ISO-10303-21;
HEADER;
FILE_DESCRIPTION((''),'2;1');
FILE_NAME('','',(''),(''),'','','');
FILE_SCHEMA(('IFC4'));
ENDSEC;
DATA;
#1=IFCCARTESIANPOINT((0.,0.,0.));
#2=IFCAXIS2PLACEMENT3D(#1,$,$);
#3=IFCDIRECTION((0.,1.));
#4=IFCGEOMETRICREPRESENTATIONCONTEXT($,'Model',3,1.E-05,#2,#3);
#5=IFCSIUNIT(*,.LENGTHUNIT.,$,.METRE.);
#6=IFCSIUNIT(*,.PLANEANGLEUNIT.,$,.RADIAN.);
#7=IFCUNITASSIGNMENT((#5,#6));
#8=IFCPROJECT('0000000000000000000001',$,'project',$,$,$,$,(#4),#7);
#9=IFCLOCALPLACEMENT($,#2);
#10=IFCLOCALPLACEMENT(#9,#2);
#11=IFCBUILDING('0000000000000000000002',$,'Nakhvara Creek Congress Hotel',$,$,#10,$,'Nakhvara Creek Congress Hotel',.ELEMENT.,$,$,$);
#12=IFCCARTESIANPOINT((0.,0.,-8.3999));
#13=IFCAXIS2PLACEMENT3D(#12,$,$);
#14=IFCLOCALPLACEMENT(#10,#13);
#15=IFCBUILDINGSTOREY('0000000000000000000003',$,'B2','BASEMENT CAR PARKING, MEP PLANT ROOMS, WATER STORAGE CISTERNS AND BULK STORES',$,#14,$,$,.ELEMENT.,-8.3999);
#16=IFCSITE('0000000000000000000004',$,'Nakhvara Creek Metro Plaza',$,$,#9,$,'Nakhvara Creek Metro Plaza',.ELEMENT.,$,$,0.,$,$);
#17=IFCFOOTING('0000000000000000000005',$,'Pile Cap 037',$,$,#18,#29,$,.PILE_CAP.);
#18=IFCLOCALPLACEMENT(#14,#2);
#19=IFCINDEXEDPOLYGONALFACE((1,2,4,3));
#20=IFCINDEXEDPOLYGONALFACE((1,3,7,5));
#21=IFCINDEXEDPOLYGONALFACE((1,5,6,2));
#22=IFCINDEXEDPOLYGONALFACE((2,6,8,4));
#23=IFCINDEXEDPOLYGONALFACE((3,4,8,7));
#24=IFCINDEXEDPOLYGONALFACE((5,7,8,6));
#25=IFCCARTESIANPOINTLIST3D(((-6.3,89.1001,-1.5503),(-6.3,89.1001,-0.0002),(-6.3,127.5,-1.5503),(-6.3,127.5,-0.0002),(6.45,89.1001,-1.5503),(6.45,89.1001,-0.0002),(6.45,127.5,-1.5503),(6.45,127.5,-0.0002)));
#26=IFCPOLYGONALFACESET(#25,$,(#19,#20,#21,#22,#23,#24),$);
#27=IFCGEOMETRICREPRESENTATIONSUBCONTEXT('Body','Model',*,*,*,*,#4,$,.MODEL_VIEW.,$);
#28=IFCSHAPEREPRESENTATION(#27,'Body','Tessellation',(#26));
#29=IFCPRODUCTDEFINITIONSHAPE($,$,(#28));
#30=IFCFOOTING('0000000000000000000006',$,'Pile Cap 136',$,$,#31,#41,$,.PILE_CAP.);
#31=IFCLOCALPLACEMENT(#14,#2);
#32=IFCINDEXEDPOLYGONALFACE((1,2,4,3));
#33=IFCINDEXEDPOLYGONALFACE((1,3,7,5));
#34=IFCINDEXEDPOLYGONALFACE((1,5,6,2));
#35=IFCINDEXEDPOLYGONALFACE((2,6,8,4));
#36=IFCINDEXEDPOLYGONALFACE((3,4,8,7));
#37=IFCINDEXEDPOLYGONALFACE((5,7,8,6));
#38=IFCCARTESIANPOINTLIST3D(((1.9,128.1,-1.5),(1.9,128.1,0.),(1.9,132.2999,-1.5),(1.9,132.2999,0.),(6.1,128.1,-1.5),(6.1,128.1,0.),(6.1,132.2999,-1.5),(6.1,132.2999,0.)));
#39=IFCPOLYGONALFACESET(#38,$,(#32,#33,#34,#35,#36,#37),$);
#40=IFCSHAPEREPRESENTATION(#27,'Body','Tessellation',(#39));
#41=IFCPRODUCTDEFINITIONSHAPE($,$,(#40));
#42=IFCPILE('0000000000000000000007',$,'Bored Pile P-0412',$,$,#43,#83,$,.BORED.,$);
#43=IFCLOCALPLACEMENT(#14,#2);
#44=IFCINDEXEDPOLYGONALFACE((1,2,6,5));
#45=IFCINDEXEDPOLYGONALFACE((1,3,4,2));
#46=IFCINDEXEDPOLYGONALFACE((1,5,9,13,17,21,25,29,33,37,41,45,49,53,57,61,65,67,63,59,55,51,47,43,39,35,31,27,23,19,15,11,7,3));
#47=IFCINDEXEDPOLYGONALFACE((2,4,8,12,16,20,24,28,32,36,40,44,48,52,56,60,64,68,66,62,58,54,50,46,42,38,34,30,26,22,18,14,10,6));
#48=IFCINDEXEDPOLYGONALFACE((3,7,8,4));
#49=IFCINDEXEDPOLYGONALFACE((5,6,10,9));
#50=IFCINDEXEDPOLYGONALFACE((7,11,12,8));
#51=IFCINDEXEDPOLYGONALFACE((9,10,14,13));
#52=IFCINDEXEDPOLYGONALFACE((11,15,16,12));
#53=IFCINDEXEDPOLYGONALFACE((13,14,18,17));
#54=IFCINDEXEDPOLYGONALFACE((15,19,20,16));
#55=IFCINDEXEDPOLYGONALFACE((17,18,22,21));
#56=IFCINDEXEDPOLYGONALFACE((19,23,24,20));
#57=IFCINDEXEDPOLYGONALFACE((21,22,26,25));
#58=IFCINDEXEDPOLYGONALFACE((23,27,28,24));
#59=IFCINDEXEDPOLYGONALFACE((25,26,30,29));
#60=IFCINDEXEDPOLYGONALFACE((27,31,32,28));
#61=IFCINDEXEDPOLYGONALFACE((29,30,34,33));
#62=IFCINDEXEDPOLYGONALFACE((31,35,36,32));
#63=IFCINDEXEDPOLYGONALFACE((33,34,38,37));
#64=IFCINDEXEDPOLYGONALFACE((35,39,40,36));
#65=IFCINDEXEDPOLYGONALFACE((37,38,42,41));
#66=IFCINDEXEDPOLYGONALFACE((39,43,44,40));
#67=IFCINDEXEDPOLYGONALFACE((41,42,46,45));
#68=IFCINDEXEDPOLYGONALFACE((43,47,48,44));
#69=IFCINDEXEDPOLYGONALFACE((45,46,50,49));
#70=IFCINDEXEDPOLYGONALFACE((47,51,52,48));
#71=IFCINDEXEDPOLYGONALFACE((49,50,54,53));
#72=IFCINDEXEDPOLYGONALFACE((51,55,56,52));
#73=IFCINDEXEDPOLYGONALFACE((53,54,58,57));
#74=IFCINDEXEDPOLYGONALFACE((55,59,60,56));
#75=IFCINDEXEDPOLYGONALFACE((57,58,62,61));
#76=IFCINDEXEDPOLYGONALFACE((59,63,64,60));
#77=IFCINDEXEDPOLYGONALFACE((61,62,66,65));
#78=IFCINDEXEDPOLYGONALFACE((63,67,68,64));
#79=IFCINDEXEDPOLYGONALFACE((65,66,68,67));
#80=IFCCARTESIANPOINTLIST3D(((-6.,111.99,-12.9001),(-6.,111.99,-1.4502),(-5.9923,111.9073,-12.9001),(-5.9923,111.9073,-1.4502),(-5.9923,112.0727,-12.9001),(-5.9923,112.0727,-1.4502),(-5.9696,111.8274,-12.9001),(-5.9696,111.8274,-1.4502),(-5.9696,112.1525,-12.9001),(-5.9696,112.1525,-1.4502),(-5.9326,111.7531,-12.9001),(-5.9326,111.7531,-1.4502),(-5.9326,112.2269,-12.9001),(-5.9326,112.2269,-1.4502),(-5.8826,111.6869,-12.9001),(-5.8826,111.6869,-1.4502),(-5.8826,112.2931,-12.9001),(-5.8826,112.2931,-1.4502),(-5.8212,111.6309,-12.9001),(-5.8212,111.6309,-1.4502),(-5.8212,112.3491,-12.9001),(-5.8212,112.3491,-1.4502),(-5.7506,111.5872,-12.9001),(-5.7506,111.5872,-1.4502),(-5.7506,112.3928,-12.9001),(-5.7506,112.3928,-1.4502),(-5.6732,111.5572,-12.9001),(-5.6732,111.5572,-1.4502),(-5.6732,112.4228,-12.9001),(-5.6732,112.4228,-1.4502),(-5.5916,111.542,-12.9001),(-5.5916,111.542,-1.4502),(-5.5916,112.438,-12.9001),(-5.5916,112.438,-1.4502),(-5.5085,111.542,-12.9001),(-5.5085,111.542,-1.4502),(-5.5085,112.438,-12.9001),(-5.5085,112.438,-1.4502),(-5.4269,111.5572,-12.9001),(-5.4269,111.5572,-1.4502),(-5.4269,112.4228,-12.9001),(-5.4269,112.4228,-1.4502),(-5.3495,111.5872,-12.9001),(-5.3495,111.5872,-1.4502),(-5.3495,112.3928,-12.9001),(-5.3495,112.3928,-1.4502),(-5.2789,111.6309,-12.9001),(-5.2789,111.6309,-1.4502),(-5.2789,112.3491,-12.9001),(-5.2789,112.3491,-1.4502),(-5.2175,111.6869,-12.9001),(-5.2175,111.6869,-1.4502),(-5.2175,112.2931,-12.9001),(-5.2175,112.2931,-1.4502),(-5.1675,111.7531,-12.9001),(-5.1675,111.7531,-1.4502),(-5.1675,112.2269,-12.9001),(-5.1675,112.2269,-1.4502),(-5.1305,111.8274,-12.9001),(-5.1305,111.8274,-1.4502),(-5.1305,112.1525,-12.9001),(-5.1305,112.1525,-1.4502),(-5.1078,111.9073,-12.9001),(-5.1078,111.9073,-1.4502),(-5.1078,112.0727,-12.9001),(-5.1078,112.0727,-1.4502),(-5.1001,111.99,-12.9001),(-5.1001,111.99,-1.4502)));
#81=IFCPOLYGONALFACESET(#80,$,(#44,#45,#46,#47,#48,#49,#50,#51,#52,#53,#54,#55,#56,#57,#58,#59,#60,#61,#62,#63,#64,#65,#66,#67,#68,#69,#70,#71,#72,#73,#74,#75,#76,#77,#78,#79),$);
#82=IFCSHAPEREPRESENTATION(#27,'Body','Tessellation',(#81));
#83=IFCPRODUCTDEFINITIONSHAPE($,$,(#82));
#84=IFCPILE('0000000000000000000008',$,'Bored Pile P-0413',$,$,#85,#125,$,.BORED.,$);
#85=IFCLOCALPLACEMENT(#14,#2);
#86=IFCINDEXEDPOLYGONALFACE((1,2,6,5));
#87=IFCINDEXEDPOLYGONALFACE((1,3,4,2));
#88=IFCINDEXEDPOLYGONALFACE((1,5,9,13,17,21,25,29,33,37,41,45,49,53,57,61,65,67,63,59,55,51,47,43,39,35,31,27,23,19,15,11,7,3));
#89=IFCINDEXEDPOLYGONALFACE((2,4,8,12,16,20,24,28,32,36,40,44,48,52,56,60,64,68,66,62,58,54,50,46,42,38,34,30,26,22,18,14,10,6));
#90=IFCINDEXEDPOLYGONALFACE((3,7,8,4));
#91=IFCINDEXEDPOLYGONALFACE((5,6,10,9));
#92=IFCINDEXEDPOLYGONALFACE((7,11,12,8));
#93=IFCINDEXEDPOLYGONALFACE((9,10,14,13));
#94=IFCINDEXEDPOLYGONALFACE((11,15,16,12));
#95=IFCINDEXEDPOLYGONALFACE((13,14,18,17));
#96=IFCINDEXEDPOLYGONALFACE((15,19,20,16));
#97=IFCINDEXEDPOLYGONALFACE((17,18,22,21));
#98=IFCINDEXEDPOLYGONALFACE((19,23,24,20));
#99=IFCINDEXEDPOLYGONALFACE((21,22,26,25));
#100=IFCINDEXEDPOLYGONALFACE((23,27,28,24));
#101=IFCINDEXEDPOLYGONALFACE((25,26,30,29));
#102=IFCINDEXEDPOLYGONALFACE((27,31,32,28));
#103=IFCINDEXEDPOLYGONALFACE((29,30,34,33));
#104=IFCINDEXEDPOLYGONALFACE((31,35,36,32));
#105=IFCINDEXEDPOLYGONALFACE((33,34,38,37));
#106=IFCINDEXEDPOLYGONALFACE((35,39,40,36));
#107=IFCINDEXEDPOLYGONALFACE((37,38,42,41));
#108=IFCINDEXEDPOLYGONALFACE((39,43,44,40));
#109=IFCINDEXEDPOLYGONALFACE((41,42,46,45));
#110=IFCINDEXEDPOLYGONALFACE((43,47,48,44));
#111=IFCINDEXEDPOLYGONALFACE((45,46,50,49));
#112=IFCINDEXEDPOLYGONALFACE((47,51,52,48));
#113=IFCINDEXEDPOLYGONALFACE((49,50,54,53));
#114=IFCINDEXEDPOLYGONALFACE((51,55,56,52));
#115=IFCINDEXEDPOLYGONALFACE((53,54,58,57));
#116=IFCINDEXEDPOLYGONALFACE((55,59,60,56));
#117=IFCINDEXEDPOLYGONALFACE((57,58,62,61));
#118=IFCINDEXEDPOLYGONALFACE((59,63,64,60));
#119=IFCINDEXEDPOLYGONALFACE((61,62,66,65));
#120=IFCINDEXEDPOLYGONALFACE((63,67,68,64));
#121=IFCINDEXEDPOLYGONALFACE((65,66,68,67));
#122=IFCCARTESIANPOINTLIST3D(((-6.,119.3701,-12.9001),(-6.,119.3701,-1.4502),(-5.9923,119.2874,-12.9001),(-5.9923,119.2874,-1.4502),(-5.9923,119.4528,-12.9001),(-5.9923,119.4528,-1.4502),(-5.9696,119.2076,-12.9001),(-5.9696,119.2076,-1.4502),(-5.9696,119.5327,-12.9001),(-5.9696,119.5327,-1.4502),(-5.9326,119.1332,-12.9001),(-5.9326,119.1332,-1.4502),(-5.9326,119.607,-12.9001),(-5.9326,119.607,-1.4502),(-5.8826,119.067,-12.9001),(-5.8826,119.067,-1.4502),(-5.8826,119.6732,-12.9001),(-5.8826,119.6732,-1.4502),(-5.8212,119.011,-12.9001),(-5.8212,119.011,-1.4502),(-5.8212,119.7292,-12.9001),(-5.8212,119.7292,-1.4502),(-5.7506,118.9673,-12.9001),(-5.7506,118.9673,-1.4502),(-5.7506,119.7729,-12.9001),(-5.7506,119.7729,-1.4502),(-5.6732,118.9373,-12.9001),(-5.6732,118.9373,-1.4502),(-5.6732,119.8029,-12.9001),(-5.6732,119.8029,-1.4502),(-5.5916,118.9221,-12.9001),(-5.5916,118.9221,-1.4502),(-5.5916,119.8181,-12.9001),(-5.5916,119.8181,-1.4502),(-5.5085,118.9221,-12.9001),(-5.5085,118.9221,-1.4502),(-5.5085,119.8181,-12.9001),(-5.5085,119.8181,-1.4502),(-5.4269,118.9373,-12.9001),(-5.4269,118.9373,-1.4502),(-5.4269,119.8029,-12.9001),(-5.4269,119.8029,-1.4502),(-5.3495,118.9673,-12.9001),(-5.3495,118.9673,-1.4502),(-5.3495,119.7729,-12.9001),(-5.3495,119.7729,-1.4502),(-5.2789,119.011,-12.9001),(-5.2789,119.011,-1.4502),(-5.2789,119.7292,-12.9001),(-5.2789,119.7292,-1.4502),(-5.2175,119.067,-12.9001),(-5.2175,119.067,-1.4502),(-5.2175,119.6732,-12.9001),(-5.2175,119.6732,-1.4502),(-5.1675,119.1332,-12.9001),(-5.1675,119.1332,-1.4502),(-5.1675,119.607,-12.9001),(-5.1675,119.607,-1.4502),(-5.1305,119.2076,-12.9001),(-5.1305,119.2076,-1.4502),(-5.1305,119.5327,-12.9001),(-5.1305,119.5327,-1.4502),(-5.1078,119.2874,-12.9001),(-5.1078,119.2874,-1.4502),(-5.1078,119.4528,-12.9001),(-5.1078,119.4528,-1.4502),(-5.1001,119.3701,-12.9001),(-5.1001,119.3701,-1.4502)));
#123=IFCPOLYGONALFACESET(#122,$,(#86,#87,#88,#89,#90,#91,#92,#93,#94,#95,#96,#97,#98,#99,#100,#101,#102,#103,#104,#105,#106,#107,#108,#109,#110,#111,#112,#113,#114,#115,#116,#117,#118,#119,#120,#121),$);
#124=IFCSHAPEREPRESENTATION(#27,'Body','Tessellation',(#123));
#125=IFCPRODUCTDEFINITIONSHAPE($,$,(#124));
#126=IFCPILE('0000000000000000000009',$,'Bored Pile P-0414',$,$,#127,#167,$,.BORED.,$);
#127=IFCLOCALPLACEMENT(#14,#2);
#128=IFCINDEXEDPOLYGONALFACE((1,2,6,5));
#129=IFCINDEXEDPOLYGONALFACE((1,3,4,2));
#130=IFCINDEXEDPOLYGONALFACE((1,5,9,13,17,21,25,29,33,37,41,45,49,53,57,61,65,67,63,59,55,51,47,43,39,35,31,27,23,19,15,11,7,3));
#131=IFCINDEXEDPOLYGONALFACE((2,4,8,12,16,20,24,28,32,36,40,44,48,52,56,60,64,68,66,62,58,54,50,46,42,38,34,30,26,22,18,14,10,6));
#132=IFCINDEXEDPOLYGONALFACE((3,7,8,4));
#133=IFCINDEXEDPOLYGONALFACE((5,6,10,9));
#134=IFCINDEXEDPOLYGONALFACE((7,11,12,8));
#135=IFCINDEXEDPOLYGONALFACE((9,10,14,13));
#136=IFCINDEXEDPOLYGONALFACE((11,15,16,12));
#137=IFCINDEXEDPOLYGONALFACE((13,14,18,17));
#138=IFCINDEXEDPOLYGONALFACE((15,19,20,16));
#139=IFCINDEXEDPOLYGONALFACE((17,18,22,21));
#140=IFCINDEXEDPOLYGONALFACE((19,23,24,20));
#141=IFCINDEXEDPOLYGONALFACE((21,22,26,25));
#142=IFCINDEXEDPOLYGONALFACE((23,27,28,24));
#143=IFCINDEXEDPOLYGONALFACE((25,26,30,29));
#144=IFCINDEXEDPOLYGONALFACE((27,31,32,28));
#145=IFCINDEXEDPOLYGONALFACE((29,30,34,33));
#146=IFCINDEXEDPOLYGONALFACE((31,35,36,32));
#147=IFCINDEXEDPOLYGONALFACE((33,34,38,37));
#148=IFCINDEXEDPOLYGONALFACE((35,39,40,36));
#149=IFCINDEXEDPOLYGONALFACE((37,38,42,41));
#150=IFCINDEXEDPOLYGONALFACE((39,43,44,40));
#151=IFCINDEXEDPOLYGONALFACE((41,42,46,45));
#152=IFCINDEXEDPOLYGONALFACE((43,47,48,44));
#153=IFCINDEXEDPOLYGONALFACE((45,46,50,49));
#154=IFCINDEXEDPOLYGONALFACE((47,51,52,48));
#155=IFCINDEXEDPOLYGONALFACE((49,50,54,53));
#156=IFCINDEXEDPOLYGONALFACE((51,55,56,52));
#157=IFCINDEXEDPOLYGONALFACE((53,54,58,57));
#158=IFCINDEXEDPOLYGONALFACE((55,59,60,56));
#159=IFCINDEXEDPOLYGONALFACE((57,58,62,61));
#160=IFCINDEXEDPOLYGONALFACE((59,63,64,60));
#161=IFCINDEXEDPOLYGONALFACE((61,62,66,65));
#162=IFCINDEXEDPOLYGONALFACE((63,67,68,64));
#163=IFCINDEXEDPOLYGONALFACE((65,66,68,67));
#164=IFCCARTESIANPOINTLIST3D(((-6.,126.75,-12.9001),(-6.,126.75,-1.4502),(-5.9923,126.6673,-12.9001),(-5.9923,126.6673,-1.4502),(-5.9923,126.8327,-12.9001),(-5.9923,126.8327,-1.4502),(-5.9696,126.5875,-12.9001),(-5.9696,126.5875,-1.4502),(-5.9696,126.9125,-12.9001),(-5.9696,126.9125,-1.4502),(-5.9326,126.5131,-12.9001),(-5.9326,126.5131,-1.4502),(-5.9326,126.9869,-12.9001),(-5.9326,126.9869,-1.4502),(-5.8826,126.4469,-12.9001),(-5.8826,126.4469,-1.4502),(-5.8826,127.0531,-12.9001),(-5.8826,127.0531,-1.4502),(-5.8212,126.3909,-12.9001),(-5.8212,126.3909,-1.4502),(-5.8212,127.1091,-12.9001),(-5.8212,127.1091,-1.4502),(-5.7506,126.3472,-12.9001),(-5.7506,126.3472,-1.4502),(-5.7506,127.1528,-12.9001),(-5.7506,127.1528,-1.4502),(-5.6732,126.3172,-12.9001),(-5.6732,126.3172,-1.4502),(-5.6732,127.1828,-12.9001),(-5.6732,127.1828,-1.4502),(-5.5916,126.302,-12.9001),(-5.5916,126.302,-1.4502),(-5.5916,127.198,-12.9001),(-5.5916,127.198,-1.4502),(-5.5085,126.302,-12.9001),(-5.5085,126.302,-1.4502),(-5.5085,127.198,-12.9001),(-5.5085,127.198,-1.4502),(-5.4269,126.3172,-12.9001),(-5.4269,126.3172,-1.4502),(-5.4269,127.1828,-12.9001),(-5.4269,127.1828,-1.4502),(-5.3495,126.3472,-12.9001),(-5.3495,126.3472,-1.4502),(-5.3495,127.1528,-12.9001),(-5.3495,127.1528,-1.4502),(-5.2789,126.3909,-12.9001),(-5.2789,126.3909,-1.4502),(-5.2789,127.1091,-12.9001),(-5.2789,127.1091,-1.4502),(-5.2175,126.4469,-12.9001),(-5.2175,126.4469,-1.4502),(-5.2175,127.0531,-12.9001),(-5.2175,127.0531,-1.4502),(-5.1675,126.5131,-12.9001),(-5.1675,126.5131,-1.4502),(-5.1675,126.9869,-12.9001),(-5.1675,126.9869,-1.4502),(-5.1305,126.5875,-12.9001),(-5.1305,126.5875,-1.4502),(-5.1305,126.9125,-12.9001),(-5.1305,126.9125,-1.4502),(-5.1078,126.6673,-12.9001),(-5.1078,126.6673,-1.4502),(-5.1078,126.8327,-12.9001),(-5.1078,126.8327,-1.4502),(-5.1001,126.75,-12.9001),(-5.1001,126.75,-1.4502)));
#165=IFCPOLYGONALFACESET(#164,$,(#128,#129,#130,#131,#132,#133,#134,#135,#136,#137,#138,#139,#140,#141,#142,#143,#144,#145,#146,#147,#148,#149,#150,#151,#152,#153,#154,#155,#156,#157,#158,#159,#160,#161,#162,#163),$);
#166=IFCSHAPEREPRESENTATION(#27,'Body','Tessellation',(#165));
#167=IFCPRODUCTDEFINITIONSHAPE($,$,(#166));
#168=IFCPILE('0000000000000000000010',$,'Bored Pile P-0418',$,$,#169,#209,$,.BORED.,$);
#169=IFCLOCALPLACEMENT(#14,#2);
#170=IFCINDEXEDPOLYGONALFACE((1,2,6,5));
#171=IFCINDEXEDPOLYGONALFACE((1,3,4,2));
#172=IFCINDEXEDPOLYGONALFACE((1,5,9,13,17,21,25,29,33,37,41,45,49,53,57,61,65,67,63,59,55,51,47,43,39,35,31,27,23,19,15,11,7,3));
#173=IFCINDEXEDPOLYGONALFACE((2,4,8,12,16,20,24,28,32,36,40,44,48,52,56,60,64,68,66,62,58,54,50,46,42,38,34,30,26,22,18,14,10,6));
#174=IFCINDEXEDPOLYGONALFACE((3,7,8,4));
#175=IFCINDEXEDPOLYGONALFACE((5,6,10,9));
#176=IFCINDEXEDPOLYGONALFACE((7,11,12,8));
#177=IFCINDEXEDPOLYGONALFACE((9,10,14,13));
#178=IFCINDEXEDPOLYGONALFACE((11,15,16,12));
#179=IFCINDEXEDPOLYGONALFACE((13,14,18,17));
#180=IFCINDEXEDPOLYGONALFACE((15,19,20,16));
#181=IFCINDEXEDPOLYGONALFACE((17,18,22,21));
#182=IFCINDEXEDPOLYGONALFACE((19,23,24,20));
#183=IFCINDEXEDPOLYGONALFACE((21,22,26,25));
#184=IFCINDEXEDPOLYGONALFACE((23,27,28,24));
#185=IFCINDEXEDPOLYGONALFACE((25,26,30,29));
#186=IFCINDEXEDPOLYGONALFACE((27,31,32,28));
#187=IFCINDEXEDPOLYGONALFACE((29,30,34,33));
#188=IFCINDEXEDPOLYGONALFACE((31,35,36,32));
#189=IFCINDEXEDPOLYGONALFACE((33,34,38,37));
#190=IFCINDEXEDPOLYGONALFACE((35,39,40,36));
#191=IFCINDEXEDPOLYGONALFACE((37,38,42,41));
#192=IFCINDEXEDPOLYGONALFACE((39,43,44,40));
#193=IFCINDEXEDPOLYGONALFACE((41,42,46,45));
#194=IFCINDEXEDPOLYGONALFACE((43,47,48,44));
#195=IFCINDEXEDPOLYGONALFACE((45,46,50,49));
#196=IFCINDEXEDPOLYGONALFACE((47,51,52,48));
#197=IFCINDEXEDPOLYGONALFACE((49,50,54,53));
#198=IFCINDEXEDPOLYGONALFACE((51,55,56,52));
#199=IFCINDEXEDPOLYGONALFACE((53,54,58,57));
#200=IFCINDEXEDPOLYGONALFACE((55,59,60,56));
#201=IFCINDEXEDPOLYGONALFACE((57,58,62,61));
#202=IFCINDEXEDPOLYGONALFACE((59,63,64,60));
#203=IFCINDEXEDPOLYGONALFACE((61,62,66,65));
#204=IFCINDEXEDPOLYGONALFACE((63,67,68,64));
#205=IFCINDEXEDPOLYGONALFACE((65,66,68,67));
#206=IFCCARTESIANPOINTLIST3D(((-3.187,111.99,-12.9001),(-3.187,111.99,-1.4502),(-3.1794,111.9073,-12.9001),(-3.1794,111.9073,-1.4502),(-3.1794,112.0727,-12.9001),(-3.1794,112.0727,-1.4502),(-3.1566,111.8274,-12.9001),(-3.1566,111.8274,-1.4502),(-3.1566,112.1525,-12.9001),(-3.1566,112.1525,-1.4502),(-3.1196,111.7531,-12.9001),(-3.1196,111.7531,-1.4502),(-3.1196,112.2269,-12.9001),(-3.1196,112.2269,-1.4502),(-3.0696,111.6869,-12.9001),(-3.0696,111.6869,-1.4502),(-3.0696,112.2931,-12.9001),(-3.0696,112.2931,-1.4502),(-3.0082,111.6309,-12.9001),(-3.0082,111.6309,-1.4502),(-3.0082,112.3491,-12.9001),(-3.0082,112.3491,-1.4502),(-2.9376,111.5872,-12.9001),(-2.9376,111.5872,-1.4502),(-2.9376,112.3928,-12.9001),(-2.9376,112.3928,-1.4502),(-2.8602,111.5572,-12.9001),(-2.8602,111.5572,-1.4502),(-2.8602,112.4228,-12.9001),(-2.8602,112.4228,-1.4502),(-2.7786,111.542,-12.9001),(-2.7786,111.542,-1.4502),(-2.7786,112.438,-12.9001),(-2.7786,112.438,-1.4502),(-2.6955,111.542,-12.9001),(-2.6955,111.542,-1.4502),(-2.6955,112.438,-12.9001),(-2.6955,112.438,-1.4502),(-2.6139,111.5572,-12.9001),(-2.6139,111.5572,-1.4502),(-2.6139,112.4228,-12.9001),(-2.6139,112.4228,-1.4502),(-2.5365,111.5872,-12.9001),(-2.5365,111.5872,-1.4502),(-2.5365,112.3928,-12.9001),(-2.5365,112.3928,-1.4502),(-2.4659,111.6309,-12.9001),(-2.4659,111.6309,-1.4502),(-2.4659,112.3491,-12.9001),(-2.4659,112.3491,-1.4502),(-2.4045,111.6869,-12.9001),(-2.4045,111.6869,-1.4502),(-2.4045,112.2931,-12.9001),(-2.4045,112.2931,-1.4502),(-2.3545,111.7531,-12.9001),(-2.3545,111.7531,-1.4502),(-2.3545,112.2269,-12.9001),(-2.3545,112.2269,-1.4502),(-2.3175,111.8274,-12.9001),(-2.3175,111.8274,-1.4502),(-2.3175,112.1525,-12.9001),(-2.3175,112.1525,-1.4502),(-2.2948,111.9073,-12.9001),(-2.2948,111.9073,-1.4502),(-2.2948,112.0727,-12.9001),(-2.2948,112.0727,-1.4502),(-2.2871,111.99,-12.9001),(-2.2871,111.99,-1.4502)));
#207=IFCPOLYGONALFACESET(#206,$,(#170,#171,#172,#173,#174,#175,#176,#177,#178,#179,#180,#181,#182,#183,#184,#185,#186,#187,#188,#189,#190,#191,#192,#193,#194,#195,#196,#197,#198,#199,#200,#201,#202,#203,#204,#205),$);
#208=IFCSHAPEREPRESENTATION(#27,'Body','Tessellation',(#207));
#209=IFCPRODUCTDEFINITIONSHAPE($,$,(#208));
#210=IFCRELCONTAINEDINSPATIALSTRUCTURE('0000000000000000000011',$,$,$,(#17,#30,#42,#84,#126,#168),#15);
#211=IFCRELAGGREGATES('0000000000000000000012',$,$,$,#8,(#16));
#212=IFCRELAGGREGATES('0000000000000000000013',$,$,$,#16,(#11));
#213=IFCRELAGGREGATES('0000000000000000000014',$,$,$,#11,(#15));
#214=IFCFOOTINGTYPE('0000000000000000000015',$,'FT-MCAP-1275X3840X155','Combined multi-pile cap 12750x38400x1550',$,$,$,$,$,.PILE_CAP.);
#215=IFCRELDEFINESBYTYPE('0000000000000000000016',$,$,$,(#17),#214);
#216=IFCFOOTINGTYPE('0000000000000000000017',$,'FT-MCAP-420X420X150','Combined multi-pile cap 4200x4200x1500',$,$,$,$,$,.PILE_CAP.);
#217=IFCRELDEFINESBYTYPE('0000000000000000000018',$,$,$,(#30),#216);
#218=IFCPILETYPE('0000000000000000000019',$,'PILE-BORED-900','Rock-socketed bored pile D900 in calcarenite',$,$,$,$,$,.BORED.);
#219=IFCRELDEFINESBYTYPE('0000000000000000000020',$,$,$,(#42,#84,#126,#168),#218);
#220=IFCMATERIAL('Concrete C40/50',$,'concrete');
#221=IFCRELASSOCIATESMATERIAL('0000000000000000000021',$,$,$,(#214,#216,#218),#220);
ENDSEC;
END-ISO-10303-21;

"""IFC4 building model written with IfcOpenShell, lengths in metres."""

from ifc_helpers import new_model, si_unit, direction, frame, origin, origin_2d, place, context, subcontext, project, spatial, rectangle, circle, extrude, material, material_profile, profile_set, type_object, element, save


model = new_model("IFC4")

# Units and contexts
model_context = context("Model", 3, precision=1e-05, world=origin(), true_north=direction((0.0, 1.0)))
body_context = subcontext(model_context, "Body", "Model", "MODEL_VIEW")
ifc_project = project(units=[si_unit("LENGTHUNIT", "METRE"), si_unit("PLANEANGLEUNIT", "RADIAN")], contexts=[model_context])

# Site, building, storey
site_placement = place(None, origin())
site = spatial("IfcSite", under=ifc_project, at=site_placement, Name="Nakhvara Creek Metro Plaza", LongName="Nakhvara Creek Metro Plaza", CompositionType="ELEMENT", RefElevation=0.0)
building_placement = place(site_placement, origin())
building = spatial("IfcBuilding", under=site, at=building_placement, Name="Nakhvara Creek Congress Hotel", LongName="Nakhvara Creek Congress Hotel", CompositionType="ELEMENT")
storey_placement = place(building_placement, frame((0.0, 0.0, -8.3999)))
storey = spatial("IfcBuildingStorey", under=building, at=storey_placement, Name="B2", Description="BASEMENT CAR PARKING, MEP PLANT ROOMS, WATER STORAGE CISTERNS AND BULK STORES", CompositionType="ELEMENT", Elevation=-8.3999)

# Footings
ifc_material_1 = material(Name="Concrete C40/50", Category="concrete")
footing_type_1 = type_object("IfcFootingType", Name="FT-MCAP-1275X3840X155", Description="Combined multi-pile cap 12750x38400x1550", PredefinedType="PILE_CAP", material=ifc_material_1)
footing_1_placement = place(storey_placement, frame((0.075, 108.3, -1.5503), z_axis=(0.0, 0.0, 1.0), x_axis=(1.0, 0.0, 0.0)))
element("IfcFooting", 1, at=footing_1_placement, inside=storey, type_object=footing_type_1, Name="Pile Cap 037", PredefinedType="PILE_CAP", context=body_context, shape_type="SweptSolid", body=[
    extrude(rectangle(XDim=12.75, YDim=38.3999, at=origin_2d()), origin(), (0.0, 0.0, 1.0), 1.55),
])
footing_type_2 = type_object("IfcFootingType", Name="FT-MCAP-420X420X150", Description="Combined multi-pile cap 4200x4200x1500", PredefinedType="PILE_CAP", material=ifc_material_1)
footing_2_placement = place(storey_placement, frame((4.0, 130.2, -1.5), z_axis=(0.0, 0.0, 1.0), x_axis=(1.0, 0.0, 0.0)))
element("IfcFooting", 2, at=footing_2_placement, inside=storey, type_object=footing_type_2, Name="Pile Cap 136", PredefinedType="PILE_CAP", context=body_context, shape_type="SweptSolid", body=[
    extrude(rectangle(XDim=4.2, YDim=4.2, at=origin_2d()), origin(), (0.0, 0.0, 1.0), 1.5),
])

# Piles
ifc_material_profile_1 = material_profile(ifc_material_1, circle(Radius=0.45, at=origin_2d()), Name="BORED PILE D900", Category="LoadBearing")
ifc_profile_set_1 = profile_set([ifc_material_profile_1], Name="Concrete C40/50")
pile_type = type_object("IfcPileType", Name="PILE-BORED-900", Description="Rock-socketed bored pile D900 in calcarenite", PredefinedType="BORED", material=ifc_profile_set_1)
for number, where, z_axis, x_axis, name in (
    (3, (-5.55, 111.99, -1.4502), (0.0, 0.0, -1.0), (1.0, 0.0, 0.0), "Bored Pile P-0412"),
    (4, (-5.55, 119.3701, -1.4502), (0.0, 0.0, -1.0), (1.0, 0.0, 0.0), "Bored Pile P-0413"),
    (5, (-5.55, 126.75, -1.4502), (0.0, 0.0, -1.0), (1.0, 0.0, 0.0), "Bored Pile P-0414"),
    (6, (-2.7371, 111.99, -1.4502), (0.0, 0.0, -1.0), (1.0, 0.0, 0.0), "Bored Pile P-0418"),
):
    element("IfcPile", number, at=place(storey_placement, frame(where, z_axis=z_axis, x_axis=x_axis)), inside=storey, type_object=pile_type, Name=name, PredefinedType="BORED", context=body_context, shape_type="SweptSolid", body=[
        extrude(circle(Radius=0.45, at=origin_2d()), origin(), (0.0, 0.0, 1.0), 11.45),
    ])

save(model, "model.ifc")
